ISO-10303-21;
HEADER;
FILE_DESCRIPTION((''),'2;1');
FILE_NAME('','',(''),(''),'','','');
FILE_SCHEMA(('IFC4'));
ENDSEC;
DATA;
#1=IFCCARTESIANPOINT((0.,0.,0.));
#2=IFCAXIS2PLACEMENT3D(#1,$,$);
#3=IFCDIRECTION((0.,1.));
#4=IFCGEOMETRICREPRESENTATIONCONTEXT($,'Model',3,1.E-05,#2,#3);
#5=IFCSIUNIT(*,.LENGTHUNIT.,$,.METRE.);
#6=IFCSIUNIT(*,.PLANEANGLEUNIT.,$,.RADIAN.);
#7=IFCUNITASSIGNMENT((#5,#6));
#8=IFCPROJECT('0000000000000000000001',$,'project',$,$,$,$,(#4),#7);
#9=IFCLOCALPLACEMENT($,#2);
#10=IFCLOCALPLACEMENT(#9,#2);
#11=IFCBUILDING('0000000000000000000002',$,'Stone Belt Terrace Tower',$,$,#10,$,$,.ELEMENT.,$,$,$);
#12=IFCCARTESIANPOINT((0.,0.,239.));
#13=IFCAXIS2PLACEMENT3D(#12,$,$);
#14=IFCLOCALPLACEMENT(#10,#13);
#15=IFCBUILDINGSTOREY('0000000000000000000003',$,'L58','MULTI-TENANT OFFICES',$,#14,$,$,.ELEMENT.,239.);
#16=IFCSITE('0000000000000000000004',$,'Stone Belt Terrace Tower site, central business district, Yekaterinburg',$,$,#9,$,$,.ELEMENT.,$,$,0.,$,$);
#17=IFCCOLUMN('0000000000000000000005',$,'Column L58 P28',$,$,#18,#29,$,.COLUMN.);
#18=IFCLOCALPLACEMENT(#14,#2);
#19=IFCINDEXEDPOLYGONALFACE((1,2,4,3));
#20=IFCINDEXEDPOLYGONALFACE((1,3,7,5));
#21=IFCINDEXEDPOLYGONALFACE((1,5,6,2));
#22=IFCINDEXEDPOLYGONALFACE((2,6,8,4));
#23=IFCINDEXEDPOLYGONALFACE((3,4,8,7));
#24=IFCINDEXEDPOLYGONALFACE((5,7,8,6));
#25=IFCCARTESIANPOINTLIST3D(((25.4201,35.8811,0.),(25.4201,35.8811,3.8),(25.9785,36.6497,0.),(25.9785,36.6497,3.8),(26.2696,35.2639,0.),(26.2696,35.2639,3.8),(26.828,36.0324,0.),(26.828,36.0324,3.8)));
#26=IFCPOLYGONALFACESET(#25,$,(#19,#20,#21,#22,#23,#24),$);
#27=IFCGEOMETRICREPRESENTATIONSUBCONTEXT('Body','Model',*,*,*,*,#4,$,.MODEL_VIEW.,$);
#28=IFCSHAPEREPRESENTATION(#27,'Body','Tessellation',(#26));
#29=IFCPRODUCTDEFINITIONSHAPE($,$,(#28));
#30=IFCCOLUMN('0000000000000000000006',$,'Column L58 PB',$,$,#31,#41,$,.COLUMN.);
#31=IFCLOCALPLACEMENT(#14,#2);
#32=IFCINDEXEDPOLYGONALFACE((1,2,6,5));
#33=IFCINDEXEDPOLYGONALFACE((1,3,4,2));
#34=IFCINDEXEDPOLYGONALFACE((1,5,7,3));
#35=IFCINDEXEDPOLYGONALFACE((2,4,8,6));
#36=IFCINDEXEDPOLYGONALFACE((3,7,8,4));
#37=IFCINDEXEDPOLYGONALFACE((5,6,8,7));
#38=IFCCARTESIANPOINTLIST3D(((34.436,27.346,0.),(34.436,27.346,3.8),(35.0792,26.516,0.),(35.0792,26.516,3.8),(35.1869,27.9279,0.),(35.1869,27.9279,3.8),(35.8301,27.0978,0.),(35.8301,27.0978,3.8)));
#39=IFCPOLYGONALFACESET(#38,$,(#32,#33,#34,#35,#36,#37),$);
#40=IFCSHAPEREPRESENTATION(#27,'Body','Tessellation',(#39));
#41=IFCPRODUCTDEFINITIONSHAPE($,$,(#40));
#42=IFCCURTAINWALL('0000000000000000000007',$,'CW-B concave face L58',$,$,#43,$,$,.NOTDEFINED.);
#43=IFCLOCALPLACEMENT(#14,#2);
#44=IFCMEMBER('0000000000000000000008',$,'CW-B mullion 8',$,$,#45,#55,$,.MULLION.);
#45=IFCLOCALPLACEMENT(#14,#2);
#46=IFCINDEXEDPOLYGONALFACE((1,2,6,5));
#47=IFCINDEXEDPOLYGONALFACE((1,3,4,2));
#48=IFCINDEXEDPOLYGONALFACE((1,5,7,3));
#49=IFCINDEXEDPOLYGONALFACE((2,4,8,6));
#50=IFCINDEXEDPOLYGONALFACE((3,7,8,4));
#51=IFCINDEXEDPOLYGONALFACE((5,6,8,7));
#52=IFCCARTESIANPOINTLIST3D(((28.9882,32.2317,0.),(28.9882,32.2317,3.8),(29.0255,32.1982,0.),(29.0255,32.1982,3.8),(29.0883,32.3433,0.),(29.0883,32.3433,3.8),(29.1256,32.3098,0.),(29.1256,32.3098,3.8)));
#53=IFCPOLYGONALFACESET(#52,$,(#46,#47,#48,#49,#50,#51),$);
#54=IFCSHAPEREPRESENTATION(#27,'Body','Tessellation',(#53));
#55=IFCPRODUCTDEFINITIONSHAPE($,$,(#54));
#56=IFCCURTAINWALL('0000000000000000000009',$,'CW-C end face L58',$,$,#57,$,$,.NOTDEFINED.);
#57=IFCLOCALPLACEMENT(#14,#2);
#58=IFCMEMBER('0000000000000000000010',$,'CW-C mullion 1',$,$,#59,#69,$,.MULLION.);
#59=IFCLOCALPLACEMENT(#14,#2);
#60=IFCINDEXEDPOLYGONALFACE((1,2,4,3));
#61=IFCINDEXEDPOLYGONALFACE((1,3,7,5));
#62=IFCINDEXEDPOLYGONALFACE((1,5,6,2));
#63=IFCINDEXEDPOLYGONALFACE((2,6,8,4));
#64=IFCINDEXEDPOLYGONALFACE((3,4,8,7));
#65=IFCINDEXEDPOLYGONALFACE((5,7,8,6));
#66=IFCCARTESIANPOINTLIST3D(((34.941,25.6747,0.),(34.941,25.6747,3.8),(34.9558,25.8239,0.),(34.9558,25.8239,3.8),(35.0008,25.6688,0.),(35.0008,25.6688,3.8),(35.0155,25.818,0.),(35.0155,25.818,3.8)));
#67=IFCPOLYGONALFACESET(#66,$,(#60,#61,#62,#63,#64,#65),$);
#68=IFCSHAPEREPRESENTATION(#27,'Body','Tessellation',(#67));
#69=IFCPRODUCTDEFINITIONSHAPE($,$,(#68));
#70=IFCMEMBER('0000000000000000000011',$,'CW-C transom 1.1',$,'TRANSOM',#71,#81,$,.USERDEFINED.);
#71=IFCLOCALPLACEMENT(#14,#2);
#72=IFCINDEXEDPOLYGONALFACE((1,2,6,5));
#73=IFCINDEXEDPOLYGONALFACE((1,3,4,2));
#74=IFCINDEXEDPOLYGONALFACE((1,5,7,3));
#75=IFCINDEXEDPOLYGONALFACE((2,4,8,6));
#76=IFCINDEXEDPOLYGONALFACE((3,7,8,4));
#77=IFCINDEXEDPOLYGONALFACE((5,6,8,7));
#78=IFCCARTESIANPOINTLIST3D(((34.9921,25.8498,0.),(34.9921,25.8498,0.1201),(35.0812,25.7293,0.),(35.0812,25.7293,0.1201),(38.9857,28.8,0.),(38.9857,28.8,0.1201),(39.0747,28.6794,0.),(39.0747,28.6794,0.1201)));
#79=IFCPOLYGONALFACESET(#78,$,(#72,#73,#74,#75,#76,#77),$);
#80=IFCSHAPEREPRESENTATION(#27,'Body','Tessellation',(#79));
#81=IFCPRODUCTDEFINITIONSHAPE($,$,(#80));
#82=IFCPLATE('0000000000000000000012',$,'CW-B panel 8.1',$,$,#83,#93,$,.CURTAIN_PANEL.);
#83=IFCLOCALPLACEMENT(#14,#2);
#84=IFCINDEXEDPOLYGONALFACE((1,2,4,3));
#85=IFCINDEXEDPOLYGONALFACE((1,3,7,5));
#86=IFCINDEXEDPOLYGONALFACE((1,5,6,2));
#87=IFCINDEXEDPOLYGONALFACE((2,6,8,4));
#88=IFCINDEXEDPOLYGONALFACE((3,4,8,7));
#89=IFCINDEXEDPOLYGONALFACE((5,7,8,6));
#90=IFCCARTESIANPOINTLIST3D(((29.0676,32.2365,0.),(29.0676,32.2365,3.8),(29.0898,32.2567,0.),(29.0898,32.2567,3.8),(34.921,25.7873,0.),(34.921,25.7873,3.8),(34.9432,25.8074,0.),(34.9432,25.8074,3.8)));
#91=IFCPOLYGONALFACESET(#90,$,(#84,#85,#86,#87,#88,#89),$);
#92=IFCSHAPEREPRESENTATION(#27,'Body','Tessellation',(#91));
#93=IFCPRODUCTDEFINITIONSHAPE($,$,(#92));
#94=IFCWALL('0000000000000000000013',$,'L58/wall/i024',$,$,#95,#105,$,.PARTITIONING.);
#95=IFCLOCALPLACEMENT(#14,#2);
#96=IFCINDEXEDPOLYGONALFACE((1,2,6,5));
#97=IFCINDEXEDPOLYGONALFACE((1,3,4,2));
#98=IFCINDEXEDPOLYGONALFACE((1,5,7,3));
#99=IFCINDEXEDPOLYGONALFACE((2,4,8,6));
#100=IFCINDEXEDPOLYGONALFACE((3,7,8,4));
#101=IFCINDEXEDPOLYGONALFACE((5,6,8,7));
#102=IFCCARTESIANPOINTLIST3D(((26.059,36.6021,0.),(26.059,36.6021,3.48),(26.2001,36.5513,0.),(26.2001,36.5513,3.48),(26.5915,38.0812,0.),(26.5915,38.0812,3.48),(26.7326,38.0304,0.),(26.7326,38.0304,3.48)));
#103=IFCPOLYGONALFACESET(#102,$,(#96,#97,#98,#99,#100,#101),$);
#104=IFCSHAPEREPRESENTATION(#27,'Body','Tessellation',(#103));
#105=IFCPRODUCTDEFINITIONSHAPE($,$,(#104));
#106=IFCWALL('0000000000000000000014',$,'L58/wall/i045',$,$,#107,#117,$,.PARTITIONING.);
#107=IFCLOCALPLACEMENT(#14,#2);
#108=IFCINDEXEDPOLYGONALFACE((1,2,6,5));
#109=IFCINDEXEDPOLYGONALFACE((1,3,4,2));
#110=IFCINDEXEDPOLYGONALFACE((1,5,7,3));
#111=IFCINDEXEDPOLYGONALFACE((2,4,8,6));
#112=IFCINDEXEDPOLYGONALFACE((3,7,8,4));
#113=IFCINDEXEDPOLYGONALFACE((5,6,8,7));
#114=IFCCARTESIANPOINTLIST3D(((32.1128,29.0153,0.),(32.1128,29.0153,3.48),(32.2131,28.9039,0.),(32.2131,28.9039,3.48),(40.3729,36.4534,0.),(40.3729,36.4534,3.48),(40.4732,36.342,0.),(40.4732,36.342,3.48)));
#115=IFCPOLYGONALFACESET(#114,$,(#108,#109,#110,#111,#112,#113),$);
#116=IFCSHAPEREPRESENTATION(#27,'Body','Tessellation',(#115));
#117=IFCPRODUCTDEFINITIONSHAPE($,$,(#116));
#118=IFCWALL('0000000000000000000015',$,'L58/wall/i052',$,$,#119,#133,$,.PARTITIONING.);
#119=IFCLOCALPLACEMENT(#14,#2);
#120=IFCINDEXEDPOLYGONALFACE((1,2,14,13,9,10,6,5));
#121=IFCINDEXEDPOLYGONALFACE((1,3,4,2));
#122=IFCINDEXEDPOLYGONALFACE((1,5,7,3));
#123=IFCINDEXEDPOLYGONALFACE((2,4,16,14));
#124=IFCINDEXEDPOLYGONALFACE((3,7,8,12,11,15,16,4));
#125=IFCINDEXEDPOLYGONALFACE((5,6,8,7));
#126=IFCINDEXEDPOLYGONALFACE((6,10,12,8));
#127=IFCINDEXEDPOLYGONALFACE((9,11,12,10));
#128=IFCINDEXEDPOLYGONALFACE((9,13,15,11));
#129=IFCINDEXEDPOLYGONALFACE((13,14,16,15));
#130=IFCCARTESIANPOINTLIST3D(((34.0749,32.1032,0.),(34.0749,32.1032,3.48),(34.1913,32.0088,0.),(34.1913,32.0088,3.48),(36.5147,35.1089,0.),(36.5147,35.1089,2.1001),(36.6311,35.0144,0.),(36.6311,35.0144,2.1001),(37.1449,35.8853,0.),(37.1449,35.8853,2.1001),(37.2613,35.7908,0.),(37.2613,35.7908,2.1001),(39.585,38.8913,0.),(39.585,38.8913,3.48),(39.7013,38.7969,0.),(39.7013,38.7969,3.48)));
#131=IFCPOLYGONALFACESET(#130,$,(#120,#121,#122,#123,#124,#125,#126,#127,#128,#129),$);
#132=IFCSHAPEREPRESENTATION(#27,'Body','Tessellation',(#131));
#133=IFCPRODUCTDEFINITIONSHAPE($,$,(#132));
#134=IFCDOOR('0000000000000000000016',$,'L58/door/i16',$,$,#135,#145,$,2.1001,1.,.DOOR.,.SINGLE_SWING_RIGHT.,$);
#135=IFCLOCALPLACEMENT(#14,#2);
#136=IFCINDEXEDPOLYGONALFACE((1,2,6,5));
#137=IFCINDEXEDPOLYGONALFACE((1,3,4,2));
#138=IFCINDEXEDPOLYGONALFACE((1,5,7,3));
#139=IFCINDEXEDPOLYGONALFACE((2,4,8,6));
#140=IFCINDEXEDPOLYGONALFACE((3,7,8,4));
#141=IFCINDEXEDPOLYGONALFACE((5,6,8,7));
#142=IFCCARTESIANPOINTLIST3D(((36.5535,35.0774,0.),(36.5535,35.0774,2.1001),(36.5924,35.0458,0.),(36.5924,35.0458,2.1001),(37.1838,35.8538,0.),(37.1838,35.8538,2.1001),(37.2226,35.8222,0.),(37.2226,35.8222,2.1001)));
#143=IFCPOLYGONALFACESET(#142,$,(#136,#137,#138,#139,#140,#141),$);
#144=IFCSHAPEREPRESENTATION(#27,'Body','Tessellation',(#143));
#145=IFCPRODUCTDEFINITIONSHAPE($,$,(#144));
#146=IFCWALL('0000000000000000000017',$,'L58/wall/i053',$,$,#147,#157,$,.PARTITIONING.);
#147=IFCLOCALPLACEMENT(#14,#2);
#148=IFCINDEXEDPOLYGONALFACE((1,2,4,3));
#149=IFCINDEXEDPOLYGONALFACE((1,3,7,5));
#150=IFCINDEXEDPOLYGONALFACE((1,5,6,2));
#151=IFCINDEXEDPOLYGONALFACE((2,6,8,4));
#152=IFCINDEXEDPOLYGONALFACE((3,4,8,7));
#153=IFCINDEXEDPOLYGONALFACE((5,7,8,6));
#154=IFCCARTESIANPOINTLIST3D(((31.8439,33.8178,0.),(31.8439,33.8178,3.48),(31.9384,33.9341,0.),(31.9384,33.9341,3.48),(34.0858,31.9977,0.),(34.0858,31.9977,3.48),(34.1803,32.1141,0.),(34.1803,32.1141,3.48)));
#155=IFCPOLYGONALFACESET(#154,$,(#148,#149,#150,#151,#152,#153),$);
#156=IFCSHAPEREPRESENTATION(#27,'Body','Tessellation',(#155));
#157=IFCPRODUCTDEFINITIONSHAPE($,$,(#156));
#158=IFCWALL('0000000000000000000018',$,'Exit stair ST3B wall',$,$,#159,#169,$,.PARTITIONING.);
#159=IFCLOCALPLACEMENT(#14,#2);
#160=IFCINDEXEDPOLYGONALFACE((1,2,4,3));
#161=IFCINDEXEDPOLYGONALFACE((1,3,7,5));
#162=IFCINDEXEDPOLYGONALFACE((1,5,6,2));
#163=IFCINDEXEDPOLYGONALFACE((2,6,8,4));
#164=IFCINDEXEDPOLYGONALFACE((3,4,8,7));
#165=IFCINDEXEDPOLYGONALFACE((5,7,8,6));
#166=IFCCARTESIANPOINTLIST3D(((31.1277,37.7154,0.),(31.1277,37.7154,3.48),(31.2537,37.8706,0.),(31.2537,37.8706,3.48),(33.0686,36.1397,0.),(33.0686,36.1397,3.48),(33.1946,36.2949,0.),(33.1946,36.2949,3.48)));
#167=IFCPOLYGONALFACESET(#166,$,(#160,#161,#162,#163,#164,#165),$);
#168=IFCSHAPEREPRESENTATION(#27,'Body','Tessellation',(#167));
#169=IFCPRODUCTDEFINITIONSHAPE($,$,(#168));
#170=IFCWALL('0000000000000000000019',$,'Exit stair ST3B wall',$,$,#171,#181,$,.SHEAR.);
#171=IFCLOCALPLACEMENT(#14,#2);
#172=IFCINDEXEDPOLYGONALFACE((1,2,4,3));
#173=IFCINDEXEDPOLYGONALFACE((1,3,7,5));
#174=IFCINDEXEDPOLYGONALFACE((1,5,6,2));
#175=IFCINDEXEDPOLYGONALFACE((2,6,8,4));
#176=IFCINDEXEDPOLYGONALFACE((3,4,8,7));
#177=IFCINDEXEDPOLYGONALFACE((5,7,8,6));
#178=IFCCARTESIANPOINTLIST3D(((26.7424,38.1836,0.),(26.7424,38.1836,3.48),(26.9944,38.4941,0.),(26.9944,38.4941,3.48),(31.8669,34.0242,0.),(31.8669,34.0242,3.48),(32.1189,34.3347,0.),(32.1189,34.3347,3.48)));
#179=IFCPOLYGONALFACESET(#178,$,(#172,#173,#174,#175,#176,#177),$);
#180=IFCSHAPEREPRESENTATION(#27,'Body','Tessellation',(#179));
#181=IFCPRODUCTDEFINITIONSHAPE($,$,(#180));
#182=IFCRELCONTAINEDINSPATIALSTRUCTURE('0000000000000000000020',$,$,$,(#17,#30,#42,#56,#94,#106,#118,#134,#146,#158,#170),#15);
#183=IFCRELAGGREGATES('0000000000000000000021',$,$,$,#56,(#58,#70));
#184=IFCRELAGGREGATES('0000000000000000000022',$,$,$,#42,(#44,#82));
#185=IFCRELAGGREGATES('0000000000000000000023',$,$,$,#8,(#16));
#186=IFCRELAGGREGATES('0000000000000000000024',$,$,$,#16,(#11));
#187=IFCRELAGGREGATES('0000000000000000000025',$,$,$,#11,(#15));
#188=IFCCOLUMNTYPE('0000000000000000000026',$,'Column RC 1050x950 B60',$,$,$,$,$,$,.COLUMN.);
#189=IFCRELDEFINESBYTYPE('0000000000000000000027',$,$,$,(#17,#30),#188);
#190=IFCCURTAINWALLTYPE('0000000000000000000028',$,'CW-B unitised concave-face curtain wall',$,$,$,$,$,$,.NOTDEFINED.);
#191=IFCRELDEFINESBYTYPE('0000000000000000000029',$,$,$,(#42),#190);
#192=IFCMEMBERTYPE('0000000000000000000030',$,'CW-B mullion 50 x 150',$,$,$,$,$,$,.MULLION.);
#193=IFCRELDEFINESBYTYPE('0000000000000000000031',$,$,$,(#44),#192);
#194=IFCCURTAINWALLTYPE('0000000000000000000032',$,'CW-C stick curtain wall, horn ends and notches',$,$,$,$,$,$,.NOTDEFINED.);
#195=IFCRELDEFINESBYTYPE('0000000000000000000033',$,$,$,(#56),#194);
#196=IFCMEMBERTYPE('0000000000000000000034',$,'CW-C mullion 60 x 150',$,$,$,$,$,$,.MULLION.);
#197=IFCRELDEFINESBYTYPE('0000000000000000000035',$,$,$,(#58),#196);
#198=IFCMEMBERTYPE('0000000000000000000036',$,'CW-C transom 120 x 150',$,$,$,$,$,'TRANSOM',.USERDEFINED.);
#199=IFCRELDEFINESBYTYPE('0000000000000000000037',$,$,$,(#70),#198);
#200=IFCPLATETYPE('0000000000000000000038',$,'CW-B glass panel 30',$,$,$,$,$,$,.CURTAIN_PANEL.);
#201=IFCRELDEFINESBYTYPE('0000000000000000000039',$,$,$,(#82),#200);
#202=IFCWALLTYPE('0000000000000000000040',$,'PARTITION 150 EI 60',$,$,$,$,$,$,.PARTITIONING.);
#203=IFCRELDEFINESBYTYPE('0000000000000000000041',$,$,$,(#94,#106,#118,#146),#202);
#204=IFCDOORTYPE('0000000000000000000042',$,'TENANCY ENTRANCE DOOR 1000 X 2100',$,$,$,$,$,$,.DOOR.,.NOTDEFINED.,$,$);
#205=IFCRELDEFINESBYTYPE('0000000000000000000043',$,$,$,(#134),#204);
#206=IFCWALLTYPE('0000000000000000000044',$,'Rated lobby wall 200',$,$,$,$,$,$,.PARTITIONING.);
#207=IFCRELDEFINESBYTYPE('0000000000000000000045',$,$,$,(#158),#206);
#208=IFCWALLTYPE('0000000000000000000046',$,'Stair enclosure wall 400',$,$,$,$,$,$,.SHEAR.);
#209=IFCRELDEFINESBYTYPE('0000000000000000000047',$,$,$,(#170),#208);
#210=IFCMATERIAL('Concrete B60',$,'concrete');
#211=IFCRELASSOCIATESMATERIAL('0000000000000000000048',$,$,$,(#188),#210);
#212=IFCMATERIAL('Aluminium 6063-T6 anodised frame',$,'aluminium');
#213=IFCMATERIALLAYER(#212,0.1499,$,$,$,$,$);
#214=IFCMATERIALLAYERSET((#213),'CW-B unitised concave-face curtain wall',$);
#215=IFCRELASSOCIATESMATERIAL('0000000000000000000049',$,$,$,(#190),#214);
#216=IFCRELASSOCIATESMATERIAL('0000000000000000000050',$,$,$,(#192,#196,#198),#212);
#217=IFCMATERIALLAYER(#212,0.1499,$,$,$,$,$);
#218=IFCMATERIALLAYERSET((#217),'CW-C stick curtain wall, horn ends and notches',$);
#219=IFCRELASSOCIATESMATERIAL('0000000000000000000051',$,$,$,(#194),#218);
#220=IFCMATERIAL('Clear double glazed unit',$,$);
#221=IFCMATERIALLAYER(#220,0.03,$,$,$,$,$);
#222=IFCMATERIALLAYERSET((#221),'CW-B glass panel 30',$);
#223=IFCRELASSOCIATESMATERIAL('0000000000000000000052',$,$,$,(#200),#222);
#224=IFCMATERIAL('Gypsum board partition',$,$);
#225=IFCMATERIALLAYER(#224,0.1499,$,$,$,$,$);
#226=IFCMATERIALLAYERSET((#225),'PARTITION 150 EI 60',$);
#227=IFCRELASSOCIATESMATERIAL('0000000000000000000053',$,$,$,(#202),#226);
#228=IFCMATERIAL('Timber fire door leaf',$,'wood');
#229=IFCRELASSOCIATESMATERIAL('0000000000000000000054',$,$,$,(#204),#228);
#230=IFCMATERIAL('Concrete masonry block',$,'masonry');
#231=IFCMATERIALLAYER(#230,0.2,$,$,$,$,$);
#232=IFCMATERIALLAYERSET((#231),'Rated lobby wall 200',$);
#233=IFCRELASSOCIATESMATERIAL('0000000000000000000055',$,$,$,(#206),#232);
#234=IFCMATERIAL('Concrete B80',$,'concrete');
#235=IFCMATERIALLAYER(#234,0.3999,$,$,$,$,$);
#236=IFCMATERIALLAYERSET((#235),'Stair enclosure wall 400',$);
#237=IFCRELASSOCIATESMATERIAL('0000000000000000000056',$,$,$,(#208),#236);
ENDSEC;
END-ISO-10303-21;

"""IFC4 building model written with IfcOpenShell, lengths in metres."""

from ifc_helpers import new_model, si_unit, direction, frame, frame_2d, origin, origin_2d, place, context, subcontext, project, spatial, rectangle, extrude, material, layer, layer_set, material_profile, profile_set, type_object, element, fill, aggregate, save


model = new_model("IFC4")

# Units and contexts
model_context = context("Model", 3, precision=1e-05, world=origin(), true_north=direction((0.0, 1.0)))
body_context = subcontext(model_context, "Body", "Model", "MODEL_VIEW")
ifc_project = project(units=[si_unit("LENGTHUNIT", "METRE"), si_unit("PLANEANGLEUNIT", "RADIAN")], contexts=[model_context])

# Site, building, storey
site_placement = place(None, origin())
site = spatial("IfcSite", under=ifc_project, at=site_placement, Name="Stone Belt Terrace Tower site, central business district, Yekaterinburg", CompositionType="ELEMENT", RefElevation=0.0)
building_placement = place(site_placement, origin())
building = spatial("IfcBuilding", under=site, at=building_placement, Name="Stone Belt Terrace Tower", CompositionType="ELEMENT")
storey_placement = place(building_placement, frame((0.0, 0.0, 239.0)))
storey = spatial("IfcBuildingStorey", under=building, at=storey_placement, Name="L58", Description="MULTI-TENANT OFFICES", CompositionType="ELEMENT", Elevation=239.0)

# Columns
ifc_material_1 = material(Name="Concrete B60", Category="concrete")
ifc_material_profile_1 = material_profile(ifc_material_1, rectangle(XDim=1.05, YDim=0.95, at=origin_2d()), Name="RC 1050x950")
ifc_profile_set_1 = profile_set([ifc_material_profile_1], Name="Concrete B60")
column_type = type_object("IfcColumnType", Name="Column RC 1050x950 B60", PredefinedType="COLUMN", material=ifc_profile_set_1)
for number, where, z_axis, x_axis, name in (
    (1, (26.124, 35.9568, 0.0), (0.0, 0.0, 1.0), (0.809017, -0.587785, 0.0), "Column L58 P28"),
    (2, (35.1331, 27.2219, 0.0), (0.0, 0.0, 1.0), (0.612485, -0.790482, 0.0), "Column L58 PB"),
):
    element("IfcColumn", number, at=place(storey_placement, frame(where, z_axis=z_axis, x_axis=x_axis)), inside=storey, type_object=column_type, Name=name, PredefinedType="COLUMN", context=body_context, shape_type="SweptSolid", body=[
        extrude(rectangle(XDim=1.05, YDim=0.95, at=origin_2d()), origin(), (0.0, 0.0, 1.0), 3.8),
    ])

# Curtain wall, member
ifc_material_2 = material(Name="Aluminium 6063-T6 anodised frame", Category="aluminium")
ifc_layer_1 = layer(ifc_material_2, 0.1499)
ifc_layer_set_1 = layer_set([ifc_layer_1], Name="CW-B unitised concave-face curtain wall")
curtain_wall_type_1 = type_object("IfcCurtainWallType", Name="CW-B unitised concave-face curtain wall", PredefinedType="NOTDEFINED", material=ifc_layer_set_1)
curtain_wall_1_placement = place(storey_placement, origin())
curtain_wall_1 = element("IfcCurtainWall", 3, at=curtain_wall_1_placement, inside=storey, type_object=curtain_wall_type_1, Name="CW-B concave face L58", PredefinedType="NOTDEFINED")
ifc_material_profile_2 = material_profile(ifc_material_2, rectangle(XDim=0.1499, YDim=0.05, at=origin_2d()), Name="Aluminium 6063-T6 50x150")
ifc_profile_set_2 = profile_set([ifc_material_profile_2], Name="Aluminium 6063-T6 anodised frame")
member_type_1 = type_object("IfcMemberType", Name="CW-B mullion 50 x 150", PredefinedType="MULLION", material=ifc_profile_set_2)
member_1_placement = place(storey_placement, frame((29.0569, 32.2708, 0.0), z_axis=(0.0, 0.0, 1.0), x_axis=(0.667656, 0.74447, 0.0)))
member_1 = element("IfcMember", 4, at=member_1_placement, type_object=member_type_1, Name="CW-B mullion 8", PredefinedType="MULLION", context=body_context, shape_type="SweptSolid", body=[
    extrude(rectangle(XDim=0.1499, YDim=0.05, at=origin_2d()), origin(), (0.0, 0.0, 1.0), 3.8),
])

# Curtain wall, members
ifc_layer_2 = layer(ifc_material_2, 0.1499)
ifc_layer_set_2 = layer_set([ifc_layer_2], Name="CW-C stick curtain wall, horn ends and notches")
curtain_wall_type_2 = type_object("IfcCurtainWallType", Name="CW-C stick curtain wall, horn ends and notches", PredefinedType="NOTDEFINED", material=ifc_layer_set_2)
curtain_wall_2_placement = place(storey_placement, origin())
curtain_wall_2 = element("IfcCurtainWall", 5, at=curtain_wall_2_placement, inside=storey, type_object=curtain_wall_type_2, Name="CW-C end face L58", PredefinedType="NOTDEFINED")
ifc_material_profile_3 = material_profile(ifc_material_2, rectangle(XDim=0.1499, YDim=0.0601, at=origin_2d()), Name="Aluminium 6063-T6 60x150")
ifc_profile_set_3 = profile_set([ifc_material_profile_3], Name="Aluminium 6063-T6 anodised frame")
member_type_2 = type_object("IfcMemberType", Name="CW-C mullion 60 x 150", PredefinedType="MULLION", material=ifc_profile_set_3)
member_2_placement = place(storey_placement, frame((34.9783, 25.7463, 0.0), z_axis=(0.0, 0.0, 1.0), x_axis=(0.09861, 0.995126, 0.0)))
member_2 = element("IfcMember", 6, at=member_2_placement, type_object=member_type_2, Name="CW-C mullion 1", PredefinedType="MULLION", context=body_context, shape_type="SweptSolid", body=[
    extrude(rectangle(XDim=0.1499, YDim=0.0601, at=origin_2d()), origin(), (0.0, 0.0, 1.0), 3.8),
])
ifc_material_profile_4 = material_profile(ifc_material_2, rectangle(XDim=0.1499, YDim=0.1201, at=origin_2d()), Name="Aluminium 6063-T6 150x120")
ifc_profile_set_4 = profile_set([ifc_material_profile_4], Name="Aluminium 6063-T6 anodised frame")
member_type_3 = type_object("IfcMemberType", Name="CW-C transom 120 x 150", ElementType="TRANSOM", PredefinedType="USERDEFINED", material=ifc_profile_set_4)
member_3_placement = place(storey_placement, frame((35.0366, 25.7896, 0.0601), z_axis=(0.804333, 0.594178, 0.0), x_axis=(-0.594178, 0.804333, 0.0)))
member_3 = element("IfcMember", 7, at=member_3_placement, type_object=member_type_3, Name="CW-C transom 1.1", ObjectType="TRANSOM", PredefinedType="USERDEFINED", context=body_context, shape_type="SweptSolid", body=[
    extrude(rectangle(XDim=0.1499, YDim=0.1201, at=origin_2d()), origin(), (0.0, 0.0, 1.0), 4.9651),
])
aggregate(curtain_wall_2, [member_2, member_3])

# Plate
ifc_material_3 = material(Name="Clear double glazed unit")
ifc_layer_3 = layer(ifc_material_3, 0.03)
ifc_layer_set_3 = layer_set([ifc_layer_3], Name="CW-B glass panel 30")
plate_type = type_object("IfcPlateType", Name="CW-B glass panel 30", PredefinedType="CURTAIN_PANEL", material=ifc_layer_set_3)
plate_placement = place(storey_placement, frame((32.0054, 29.022, 0.0), z_axis=(0.0, 0.0, 1.0), x_axis=(0.672073, -0.740485, 0.0)))
plate = element("IfcPlate", 8, at=plate_placement, type_object=plate_type, Name="CW-B panel 8.1", PredefinedType="CURTAIN_PANEL", context=body_context, shape_type="SweptSolid", body=[
    extrude(rectangle(XDim=8.7095, YDim=0.03, at=origin_2d()), origin(), (0.0, 0.0, 1.0), 3.8),
])
aggregate(curtain_wall_1, [member_1, plate])

# Walls
ifc_material_4 = material(Name="Gypsum board partition")
ifc_layer_4 = layer(ifc_material_4, 0.1499)
ifc_layer_set_4 = layer_set([ifc_layer_4], Name="PARTITION 150 EI 60")
wall_type_1 = type_object("IfcWallType", Name="PARTITION 150 EI 60", PredefinedType="PARTITIONING", material=ifc_layer_set_4)
wall_1_placement = place(storey_placement, frame((26.6621, 38.0559, 0.0), z_axis=(0.0, 0.0, 1.0), x_axis=(-0.338736, -0.940881, 0.0)))
element("IfcWall", 9, at=wall_1_placement, inside=storey, type_object=wall_type_1, Name="L58/wall/i024", PredefinedType="PARTITIONING", context=body_context, shape_type="SweptSolid", body=[
    extrude(rectangle(XDim=1.572, YDim=0.1499, at=frame_2d((0.7861, 0.0))), origin(), (0.0, 0.0, 1.0), 3.48),
])
wall_2_placement = place(storey_placement, frame((32.1631, 28.9597, 0.0), z_axis=(0.0, 0.0, 1.0), x_axis=(0.743116, 0.669163, 0.0)))
element("IfcWall", 10, at=wall_2_placement, inside=storey, type_object=wall_type_1, Name="L58/wall/i045", PredefinedType="PARTITIONING", context=body_context, shape_type="SweptSolid", body=[
    extrude(rectangle(XDim=11.1155, YDim=0.1499, at=frame_2d((5.5576, 0.0))), origin(), (0.0, 0.0, 1.0), 3.48),
])

# Wall, opening, door
wall_3_placement = place(storey_placement, frame((34.1331, 32.0559, 0.0), z_axis=(0.0, 0.0, 1.0), x_axis=(0.630227, 0.776411, 0.0)))
wall_3 = element("IfcWall", 11, at=wall_3_placement, inside=storey, type_object=wall_type_1, Name="L58/wall/i052", PredefinedType="PARTITIONING", context=body_context, shape_type="SweptSolid", body=[
    extrude(rectangle(XDim=8.7429, YDim=0.1499, at=frame_2d((4.3716, 0.0))), origin(), (0.0, 0.0, 1.0), 3.48),
])
opening_1_placement = place(wall_3_placement, frame((3.8713, 0.0, 0.0)))
opening_1 = element("IfcOpeningElement", 12, at=opening_1_placement, cuts=wall_3, PredefinedType="OPENING", context=body_context, shape_type="SweptSolid", body=[
    extrude(rectangle(XDim=1.0, YDim=2.1001, at=frame_2d((0.5, 1.05))), frame((0.0, 0.085, 0.0), z_axis=(0.0, -1.0, 0.0), x_axis=(1.0, 0.0, 0.0)), (0.0, 0.0, 1.0), 0.1699),
])
ifc_material_5 = material(Name="Timber fire door leaf", Category="wood")
door_type_1 = type_object("IfcDoorType", Name="TENANCY ENTRANCE DOOR 1000 X 2100", OperationType="NOTDEFINED", PredefinedType="DOOR", material=ifc_material_5)
door_1_placement = place(opening_1_placement, origin())
door_1 = element("IfcDoor", 13, at=door_1_placement, inside=storey, type_object=door_type_1, Name="L58/door/i16", OperationType="SINGLE_SWING_RIGHT", OverallHeight=2.1001, OverallWidth=1.0, PredefinedType="DOOR", context=body_context, shape_type="SweptSolid", body=[
    extrude(rectangle(XDim=1.0, YDim=2.1001, at=frame_2d((0.5, 1.05))), frame((0.0, 0.0249, 0.0), z_axis=(0.0, -1.0, 0.0), x_axis=(1.0, 0.0, 0.0)), (0.0, 0.0, 1.0), 0.05),
])
fill(opening_1, door_1)

# Walls
wall_4_placement = place(storey_placement, frame((34.1331, 32.0559, 0.0), z_axis=(0.0, 0.0, 1.0), x_axis=(-0.77637, 0.630277, 0.0)))
element("IfcWall", 14, at=wall_4_placement, inside=storey, type_object=wall_type_1, Name="L58/wall/i053", PredefinedType="PARTITIONING", context=body_context, shape_type="SweptSolid", body=[
    extrude(rectangle(XDim=2.8877, YDim=0.1499, at=frame_2d((1.4438, 0.0))), origin(), (0.0, 0.0, 1.0), 3.48),
])
ifc_material_6 = material(Name="Concrete masonry block", Category="masonry")
ifc_layer_5 = layer(ifc_material_6, 0.2)
ifc_layer_set_5 = layer_set([ifc_layer_5], Name="Rated lobby wall 200")
wall_type_2 = type_object("IfcWallType", Name="Rated lobby wall 200", PredefinedType="PARTITIONING", material=ifc_layer_set_5)
wall_5_placement = place(storey_placement, frame((31.1907, 37.793, 0.0), z_axis=(0.0, 0.0, 1.0), x_axis=(0.776371, -0.630276, 0.0)))
element("IfcWall", 15, at=wall_5_placement, inside=storey, type_object=wall_type_2, Name="Exit stair ST3B wall", PredefinedType="PARTITIONING", context=body_context, shape_type="SweptSolid", body=[
    extrude(rectangle(XDim=2.5, YDim=0.2, at=frame_2d((1.25, 0.0))), origin(), (0.0, 0.0, 1.0), 3.48),
])
ifc_material_7 = material(Name="Concrete B80", Category="concrete")
ifc_layer_6 = layer(ifc_material_7, 0.3999)
ifc_layer_set_6 = layer_set([ifc_layer_6], Name="Stair enclosure wall 400")
wall_type_3 = type_object("IfcWallType", Name="Stair enclosure wall 400", PredefinedType="SHEAR", material=ifc_layer_set_6)
wall_6_placement = place(storey_placement, frame((26.8684, 38.3389, 0.0), z_axis=(0.0, 0.0, 1.0), x_axis=(0.776428, -0.630205, 0.0)))
element("IfcWall", 16, at=wall_6_placement, inside=storey, type_object=wall_type_3, Name="Exit stair ST3B wall", PredefinedType="SHEAR", context=body_context, shape_type="SweptSolid", body=[
    extrude(rectangle(XDim=6.6001, YDim=0.3999, at=frame_2d((3.3, 0.0))), origin(), (0.0, 0.0, 1.0), 3.48),
])

save(model, "model.ifc")
